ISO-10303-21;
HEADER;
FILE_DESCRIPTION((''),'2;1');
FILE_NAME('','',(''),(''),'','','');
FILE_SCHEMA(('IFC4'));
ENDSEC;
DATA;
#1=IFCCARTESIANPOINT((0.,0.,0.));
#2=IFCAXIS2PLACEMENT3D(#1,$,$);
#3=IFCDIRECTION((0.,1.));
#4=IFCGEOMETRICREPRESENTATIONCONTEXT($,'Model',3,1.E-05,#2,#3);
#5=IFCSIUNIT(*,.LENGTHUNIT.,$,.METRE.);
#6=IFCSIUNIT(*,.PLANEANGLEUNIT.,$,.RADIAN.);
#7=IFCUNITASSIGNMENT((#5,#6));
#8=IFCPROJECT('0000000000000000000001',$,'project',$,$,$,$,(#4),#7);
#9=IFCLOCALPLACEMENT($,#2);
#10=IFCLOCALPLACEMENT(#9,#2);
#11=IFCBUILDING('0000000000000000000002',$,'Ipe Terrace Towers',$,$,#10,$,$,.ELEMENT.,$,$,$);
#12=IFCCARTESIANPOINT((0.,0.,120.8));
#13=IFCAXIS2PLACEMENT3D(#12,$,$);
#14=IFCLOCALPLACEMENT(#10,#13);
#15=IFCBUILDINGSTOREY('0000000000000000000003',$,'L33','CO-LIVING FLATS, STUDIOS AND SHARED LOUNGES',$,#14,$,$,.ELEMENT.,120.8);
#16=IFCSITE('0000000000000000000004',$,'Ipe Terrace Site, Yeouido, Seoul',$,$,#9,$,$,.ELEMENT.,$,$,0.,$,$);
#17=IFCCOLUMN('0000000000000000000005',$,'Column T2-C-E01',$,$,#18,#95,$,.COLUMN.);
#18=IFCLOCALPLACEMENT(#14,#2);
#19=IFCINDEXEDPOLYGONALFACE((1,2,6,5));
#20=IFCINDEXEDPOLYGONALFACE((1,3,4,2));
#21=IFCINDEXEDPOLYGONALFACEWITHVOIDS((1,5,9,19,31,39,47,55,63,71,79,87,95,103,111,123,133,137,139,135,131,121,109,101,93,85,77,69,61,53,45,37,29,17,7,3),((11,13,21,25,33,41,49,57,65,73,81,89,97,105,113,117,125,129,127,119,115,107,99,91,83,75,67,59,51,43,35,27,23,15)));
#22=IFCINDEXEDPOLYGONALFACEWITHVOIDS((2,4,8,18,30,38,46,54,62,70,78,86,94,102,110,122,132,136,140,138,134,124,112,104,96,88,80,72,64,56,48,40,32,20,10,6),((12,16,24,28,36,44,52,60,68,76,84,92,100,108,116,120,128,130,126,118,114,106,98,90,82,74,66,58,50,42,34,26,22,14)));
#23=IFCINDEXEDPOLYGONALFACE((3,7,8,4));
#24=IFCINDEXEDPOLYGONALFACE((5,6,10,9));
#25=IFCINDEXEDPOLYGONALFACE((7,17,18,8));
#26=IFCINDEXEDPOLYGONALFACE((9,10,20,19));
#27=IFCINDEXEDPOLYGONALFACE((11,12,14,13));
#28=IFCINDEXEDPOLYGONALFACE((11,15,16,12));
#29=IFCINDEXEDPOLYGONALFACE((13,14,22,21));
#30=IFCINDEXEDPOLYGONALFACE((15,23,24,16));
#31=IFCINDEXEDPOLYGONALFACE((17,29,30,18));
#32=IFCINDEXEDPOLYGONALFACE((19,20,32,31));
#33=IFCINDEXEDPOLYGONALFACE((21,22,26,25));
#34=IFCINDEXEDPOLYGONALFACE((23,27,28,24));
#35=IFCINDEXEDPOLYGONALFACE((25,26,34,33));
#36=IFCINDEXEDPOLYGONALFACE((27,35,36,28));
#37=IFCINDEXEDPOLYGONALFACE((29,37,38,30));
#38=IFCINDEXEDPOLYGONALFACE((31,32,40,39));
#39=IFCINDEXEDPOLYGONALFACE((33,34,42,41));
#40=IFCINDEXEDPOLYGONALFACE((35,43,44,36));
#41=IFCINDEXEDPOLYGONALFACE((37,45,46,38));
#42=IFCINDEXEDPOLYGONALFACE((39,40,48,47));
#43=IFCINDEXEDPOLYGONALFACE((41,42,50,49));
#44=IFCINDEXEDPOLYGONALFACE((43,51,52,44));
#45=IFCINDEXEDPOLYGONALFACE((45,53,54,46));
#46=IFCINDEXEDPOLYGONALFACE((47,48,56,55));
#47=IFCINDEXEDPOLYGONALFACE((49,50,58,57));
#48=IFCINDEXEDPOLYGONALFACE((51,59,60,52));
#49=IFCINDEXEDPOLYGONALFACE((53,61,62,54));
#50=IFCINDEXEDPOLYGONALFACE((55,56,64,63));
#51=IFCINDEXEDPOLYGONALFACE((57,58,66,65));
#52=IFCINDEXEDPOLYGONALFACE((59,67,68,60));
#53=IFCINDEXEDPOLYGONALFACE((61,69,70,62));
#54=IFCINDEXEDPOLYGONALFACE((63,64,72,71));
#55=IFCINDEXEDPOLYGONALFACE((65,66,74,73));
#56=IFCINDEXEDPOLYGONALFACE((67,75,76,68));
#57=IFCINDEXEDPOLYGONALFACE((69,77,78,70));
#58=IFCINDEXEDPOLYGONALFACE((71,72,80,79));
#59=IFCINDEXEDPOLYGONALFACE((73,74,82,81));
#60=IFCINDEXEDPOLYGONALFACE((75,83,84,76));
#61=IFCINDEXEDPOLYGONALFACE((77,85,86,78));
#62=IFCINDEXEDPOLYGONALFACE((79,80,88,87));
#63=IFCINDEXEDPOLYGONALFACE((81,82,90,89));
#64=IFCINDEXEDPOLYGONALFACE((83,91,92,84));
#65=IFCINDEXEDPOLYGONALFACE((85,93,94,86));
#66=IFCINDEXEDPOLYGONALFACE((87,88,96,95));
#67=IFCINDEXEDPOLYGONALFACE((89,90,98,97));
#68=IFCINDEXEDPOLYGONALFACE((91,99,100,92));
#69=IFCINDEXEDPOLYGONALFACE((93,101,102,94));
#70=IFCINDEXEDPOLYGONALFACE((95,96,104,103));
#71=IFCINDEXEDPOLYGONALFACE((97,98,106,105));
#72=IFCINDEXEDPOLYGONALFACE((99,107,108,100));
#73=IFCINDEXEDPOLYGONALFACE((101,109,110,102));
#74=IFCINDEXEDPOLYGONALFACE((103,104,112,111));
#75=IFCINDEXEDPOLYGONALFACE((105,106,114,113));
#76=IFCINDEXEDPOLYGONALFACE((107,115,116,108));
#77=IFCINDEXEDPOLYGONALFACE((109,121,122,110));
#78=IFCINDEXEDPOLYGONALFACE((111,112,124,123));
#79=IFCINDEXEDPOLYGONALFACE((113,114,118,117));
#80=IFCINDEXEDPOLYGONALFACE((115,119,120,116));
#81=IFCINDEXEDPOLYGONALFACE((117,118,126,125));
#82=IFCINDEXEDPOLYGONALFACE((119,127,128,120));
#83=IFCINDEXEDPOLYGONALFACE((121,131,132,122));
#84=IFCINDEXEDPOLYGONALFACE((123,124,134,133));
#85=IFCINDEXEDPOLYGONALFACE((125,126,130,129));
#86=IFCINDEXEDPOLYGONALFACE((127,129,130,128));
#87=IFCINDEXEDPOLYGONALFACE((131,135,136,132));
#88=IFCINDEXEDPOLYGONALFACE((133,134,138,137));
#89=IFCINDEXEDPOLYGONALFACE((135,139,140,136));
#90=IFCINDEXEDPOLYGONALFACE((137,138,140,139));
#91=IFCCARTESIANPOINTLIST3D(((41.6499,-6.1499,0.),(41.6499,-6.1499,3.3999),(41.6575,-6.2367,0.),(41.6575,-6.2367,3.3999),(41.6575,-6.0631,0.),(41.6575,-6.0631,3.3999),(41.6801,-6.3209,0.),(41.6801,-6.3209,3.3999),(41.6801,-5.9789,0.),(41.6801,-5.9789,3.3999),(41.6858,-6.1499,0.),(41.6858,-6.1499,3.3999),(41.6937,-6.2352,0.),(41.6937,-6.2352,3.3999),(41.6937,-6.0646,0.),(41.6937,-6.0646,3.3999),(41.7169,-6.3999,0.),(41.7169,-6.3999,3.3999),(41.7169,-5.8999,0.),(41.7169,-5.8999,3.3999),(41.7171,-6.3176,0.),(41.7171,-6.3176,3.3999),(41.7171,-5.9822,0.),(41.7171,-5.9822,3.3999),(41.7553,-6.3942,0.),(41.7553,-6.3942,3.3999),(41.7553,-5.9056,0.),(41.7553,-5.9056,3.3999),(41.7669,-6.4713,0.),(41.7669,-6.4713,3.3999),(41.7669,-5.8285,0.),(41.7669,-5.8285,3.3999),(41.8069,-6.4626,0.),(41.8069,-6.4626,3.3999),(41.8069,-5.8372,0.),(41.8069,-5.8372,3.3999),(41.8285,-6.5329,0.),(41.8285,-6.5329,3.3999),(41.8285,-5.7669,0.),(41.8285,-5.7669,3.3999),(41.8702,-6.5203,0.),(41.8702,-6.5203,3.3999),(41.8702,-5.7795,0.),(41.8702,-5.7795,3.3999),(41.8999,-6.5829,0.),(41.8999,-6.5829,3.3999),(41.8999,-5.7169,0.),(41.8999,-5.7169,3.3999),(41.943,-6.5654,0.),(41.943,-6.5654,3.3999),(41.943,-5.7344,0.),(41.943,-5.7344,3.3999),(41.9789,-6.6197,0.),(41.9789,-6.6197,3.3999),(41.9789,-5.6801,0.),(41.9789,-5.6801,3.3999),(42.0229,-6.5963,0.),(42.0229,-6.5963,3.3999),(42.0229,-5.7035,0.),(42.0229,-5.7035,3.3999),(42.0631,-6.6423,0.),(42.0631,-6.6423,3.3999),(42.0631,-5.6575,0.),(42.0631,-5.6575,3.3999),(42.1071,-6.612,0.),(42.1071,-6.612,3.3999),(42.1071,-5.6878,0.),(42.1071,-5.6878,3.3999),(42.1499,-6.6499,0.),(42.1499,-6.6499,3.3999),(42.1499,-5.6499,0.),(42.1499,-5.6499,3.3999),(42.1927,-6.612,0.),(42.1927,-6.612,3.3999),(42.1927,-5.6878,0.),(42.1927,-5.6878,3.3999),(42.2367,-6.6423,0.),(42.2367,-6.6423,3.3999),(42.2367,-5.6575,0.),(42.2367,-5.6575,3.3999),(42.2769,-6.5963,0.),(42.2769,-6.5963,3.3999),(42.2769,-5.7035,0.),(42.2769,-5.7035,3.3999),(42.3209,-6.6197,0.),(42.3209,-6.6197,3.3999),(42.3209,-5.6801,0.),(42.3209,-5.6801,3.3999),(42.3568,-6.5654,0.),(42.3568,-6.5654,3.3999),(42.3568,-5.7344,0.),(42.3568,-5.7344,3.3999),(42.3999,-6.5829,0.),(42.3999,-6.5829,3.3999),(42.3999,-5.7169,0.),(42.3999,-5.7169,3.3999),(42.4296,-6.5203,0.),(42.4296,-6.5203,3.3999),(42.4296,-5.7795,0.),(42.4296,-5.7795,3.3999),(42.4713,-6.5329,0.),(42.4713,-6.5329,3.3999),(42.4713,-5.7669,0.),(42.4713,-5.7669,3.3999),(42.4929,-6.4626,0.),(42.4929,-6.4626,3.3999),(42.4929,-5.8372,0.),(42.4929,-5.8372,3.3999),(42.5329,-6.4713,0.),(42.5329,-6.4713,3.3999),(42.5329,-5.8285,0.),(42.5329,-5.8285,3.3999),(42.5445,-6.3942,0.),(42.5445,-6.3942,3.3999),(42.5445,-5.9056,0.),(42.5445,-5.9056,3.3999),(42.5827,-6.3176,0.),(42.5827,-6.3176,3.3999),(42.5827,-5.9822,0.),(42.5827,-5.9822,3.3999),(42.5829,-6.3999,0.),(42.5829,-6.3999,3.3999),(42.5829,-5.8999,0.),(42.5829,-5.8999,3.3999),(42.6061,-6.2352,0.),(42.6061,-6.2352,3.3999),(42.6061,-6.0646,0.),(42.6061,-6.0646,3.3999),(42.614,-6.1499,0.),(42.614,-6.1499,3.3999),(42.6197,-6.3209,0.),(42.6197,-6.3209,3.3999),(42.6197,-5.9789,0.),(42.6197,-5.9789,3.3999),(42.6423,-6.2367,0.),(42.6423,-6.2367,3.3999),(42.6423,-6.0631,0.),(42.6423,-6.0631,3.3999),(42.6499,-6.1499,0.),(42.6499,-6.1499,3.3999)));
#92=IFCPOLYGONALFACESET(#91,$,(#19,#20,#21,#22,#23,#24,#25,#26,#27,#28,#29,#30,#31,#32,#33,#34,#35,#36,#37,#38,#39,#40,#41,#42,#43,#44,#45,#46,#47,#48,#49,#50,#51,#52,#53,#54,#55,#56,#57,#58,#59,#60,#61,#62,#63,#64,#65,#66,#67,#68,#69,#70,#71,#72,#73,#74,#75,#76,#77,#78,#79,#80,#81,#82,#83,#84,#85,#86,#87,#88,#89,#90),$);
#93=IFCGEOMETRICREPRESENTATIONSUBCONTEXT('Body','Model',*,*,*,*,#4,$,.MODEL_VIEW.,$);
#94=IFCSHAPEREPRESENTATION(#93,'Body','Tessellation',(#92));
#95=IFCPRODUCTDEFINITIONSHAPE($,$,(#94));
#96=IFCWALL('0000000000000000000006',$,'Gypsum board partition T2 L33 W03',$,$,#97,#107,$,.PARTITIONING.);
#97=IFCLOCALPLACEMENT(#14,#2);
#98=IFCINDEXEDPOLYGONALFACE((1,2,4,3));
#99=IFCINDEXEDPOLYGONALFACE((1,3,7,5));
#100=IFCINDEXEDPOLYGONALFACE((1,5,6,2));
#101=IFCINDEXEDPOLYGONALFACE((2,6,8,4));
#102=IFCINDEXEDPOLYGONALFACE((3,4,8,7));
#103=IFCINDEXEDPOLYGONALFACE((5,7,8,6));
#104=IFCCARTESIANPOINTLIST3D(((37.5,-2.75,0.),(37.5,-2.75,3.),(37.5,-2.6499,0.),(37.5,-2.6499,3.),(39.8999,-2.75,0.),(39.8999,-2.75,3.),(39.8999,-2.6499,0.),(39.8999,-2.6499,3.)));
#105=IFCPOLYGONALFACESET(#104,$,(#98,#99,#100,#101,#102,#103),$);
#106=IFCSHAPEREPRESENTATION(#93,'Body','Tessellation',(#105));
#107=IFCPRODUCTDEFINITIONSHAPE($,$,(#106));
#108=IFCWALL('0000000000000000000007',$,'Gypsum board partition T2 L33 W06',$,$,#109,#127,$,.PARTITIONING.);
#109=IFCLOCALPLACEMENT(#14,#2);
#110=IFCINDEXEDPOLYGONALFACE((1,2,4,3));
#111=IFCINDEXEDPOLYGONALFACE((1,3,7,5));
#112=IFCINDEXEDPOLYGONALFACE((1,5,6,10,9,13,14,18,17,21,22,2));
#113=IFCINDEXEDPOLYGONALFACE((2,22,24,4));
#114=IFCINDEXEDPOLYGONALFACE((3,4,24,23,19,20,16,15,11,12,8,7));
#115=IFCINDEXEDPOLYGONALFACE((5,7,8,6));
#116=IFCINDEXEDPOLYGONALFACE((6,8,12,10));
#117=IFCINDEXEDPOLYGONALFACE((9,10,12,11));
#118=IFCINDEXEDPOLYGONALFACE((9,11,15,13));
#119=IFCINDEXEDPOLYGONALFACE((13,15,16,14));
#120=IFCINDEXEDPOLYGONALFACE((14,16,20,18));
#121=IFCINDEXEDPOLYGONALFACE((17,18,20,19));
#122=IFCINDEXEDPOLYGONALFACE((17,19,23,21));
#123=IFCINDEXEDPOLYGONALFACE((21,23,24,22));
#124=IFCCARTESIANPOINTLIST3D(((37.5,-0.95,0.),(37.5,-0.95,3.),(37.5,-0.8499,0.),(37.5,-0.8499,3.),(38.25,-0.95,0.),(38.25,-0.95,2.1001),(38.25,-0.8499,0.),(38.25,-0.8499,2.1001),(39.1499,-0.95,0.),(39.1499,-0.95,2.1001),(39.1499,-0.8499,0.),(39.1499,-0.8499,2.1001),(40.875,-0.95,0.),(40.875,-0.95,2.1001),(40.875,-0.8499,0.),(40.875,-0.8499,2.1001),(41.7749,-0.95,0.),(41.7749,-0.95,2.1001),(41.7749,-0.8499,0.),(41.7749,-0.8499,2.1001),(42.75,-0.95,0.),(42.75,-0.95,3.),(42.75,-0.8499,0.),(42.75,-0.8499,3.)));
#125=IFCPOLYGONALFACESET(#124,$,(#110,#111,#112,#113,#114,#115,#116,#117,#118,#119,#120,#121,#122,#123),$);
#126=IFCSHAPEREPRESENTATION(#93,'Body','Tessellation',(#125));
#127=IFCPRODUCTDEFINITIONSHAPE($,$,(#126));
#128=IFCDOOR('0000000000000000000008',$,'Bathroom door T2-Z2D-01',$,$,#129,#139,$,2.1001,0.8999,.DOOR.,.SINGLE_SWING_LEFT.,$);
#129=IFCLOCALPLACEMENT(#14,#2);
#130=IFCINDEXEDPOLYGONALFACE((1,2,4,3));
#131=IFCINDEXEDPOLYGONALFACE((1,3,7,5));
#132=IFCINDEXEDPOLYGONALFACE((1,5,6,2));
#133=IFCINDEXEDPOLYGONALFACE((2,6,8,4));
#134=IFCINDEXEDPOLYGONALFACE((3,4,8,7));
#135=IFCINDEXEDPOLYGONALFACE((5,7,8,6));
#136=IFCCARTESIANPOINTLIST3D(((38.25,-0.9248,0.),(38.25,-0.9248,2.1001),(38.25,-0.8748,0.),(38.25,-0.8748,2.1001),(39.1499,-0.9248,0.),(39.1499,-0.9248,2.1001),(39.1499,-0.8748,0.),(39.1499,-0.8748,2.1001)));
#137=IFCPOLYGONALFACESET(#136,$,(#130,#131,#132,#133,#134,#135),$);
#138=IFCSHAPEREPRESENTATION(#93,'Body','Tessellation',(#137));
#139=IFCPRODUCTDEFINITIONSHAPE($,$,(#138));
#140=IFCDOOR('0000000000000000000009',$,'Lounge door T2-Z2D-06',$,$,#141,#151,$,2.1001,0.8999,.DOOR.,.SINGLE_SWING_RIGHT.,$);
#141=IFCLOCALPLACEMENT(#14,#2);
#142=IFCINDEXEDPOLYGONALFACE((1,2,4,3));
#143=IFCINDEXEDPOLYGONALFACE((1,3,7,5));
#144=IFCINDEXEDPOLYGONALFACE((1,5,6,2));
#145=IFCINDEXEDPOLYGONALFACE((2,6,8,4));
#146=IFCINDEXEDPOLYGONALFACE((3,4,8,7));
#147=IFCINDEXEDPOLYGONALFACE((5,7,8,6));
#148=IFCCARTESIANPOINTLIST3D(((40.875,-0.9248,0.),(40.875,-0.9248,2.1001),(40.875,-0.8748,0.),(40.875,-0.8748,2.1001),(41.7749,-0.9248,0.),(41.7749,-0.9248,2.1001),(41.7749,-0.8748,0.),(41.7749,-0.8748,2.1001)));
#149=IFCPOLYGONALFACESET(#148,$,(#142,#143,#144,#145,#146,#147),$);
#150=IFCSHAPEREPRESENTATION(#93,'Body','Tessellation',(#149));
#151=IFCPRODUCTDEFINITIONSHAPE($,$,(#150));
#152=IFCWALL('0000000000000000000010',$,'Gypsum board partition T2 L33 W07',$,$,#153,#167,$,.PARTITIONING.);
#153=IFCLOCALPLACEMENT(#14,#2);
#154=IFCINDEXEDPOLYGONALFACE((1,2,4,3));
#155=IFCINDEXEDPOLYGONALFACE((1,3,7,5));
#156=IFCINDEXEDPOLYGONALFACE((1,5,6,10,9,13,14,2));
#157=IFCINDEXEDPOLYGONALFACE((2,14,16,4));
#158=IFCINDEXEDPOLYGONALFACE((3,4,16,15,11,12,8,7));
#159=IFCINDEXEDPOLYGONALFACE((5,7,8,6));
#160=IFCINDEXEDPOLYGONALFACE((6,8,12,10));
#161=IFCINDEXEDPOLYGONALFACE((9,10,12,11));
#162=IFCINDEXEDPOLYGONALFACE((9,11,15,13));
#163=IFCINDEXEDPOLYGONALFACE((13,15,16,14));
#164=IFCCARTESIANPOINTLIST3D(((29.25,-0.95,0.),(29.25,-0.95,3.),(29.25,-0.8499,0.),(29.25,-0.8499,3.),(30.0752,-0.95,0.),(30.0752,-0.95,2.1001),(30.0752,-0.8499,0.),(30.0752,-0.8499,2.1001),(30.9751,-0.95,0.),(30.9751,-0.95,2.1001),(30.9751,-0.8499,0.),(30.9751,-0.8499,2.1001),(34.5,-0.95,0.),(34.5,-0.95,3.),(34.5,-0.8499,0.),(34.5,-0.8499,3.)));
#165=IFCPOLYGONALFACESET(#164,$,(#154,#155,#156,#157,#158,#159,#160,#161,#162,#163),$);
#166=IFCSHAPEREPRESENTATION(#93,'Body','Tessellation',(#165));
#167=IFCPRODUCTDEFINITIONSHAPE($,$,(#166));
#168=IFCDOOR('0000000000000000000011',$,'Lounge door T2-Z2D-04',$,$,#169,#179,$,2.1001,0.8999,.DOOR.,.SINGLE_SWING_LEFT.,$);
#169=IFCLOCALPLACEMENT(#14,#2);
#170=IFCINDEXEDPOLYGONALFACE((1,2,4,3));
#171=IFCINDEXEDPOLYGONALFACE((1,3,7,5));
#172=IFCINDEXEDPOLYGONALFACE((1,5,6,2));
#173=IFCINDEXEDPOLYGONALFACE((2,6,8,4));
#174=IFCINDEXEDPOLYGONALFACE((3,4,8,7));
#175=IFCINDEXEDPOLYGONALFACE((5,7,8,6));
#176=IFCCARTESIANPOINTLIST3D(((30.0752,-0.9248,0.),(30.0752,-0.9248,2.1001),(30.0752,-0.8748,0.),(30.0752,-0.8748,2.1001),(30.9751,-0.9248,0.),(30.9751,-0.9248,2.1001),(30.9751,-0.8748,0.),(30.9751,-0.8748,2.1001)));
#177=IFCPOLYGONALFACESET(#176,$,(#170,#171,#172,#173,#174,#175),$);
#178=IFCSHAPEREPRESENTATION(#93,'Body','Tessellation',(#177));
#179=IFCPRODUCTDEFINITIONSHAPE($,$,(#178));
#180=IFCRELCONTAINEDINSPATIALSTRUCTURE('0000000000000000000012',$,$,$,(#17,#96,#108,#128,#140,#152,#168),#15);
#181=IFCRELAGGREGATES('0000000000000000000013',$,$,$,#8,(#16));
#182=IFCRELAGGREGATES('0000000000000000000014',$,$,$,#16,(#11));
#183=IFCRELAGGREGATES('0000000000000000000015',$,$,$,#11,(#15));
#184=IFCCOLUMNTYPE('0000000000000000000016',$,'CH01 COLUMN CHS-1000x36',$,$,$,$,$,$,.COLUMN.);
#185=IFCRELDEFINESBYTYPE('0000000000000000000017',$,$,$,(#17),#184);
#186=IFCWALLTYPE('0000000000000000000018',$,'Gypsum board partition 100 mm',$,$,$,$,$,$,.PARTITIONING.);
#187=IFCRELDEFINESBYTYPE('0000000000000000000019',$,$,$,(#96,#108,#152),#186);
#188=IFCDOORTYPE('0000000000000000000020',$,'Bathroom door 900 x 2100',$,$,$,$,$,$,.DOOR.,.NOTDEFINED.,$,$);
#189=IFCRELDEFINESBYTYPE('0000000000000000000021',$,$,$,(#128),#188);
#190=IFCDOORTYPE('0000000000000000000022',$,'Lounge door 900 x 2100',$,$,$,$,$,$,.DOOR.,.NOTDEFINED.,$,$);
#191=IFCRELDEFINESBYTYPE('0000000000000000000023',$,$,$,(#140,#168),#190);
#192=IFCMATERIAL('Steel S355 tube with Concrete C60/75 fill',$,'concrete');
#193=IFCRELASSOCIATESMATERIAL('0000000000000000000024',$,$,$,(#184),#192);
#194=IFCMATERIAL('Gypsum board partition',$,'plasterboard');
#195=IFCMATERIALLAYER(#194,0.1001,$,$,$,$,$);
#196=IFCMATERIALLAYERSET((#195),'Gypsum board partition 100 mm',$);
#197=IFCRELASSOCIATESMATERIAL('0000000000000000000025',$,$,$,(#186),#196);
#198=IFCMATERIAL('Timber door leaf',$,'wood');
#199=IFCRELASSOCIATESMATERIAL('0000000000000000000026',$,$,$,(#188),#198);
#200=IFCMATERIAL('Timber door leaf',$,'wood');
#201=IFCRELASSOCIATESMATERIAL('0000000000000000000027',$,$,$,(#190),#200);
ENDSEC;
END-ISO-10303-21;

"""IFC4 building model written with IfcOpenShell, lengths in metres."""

from ifc_helpers import new_model, si_unit, direction, frame, frame_2d, origin, origin_2d, place, context, subcontext, project, spatial, rectangle, hollow_circle, extrude, material, layer, layer_set, material_profile, profile_set, type_object, element, fill, save


model = new_model("IFC4")

# Units and contexts
model_context = context("Model", 3, precision=1e-05, world=origin(), true_north=direction((0.0, 1.0)))
body_context = subcontext(model_context, "Body", "Model", "MODEL_VIEW")
ifc_project = project(units=[si_unit("LENGTHUNIT", "METRE"), si_unit("PLANEANGLEUNIT", "RADIAN")], contexts=[model_context])

# Site, building, storey
site_placement = place(None, origin())
site = spatial("IfcSite", under=ifc_project, at=site_placement, Name="Ipe Terrace Site, Yeouido, Seoul", CompositionType="ELEMENT", RefElevation=0.0)
building_placement = place(site_placement, origin())
building = spatial("IfcBuilding", under=site, at=building_placement, Name="Ipe Terrace Towers", CompositionType="ELEMENT")
storey_placement = place(building_placement, frame((0.0, 0.0, 120.8)))
storey = spatial("IfcBuildingStorey", under=building, at=storey_placement, Name="L33", Description="CO-LIVING FLATS, STUDIOS AND SHARED LOUNGES", CompositionType="ELEMENT", Elevation=120.8)

# Column
ifc_material_1 = material(Name="Steel S355 tube with Concrete C60/75 fill", Category="concrete")
ifc_material_profile = material_profile(ifc_material_1, hollow_circle(Radius=0.5, WallThickness=0.0359, at=origin_2d()), Name="CHS-1000x36")
ifc_profile_set = profile_set([ifc_material_profile], Name="Steel S355 tube with Concrete C60/75 fill")
column_type = type_object("IfcColumnType", Name="CH01 COLUMN CHS-1000x36", PredefinedType="COLUMN", material=ifc_profile_set)
column_placement = place(storey_placement, frame((42.1499, -6.1499, 0.0), z_axis=(0.0, 0.0, 1.0), x_axis=(1.0, 0.0, 0.0)))
element("IfcColumn", 1, at=column_placement, inside=storey, type_object=column_type, Name="Column T2-C-E01", PredefinedType="COLUMN", context=body_context, shape_type="SweptSolid", body=[
    extrude(hollow_circle(Radius=0.5, WallThickness=0.0359, at=origin_2d()), origin(), (0.0, 0.0, 1.0), 3.3999),
])

# Wall
ifc_material_2 = material(Name="Gypsum board partition", Category="plasterboard")
ifc_layer_1 = layer(ifc_material_2, 0.1001)
ifc_layer_set_1 = layer_set([ifc_layer_1], Name="Gypsum board partition 100 mm")
wall_type_1 = type_object("IfcWallType", Name="Gypsum board partition 100 mm", PredefinedType="PARTITIONING", material=ifc_layer_set_1)
wall_1_placement = place(storey_placement, frame((39.8999, -2.7, 0.0), z_axis=(0.0, 0.0, 1.0), x_axis=(-1.0, 0.0, 0.0)))
element("IfcWall", 2, at=wall_1_placement, inside=storey, type_object=wall_type_1, Name="Gypsum board partition T2 L33 W03", PredefinedType="PARTITIONING", context=body_context, shape_type="SweptSolid", body=[
    extrude(rectangle(XDim=2.3999, YDim=0.1001, at=frame_2d((1.2, 0.0))), origin(), (0.0, 0.0, 1.0), 3.0),
])

# Wall, openings, doors
wall_2_placement = place(storey_placement, frame((42.75, -0.8999, 0.0), z_axis=(0.0, 0.0, 1.0), x_axis=(-1.0, 0.0, 0.0)))
wall_2 = element("IfcWall", 3, at=wall_2_placement, inside=storey, type_object=wall_type_1, Name="Gypsum board partition T2 L33 W06", PredefinedType="PARTITIONING", context=body_context, shape_type="SweptSolid", body=[
    extrude(rectangle(XDim=5.25, YDim=0.1001, at=frame_2d((2.625, 0.0))), origin(), (0.0, 0.0, 1.0), 3.0),
])
opening_1_placement = place(wall_2_placement, frame((3.6001, 0.0, 0.0)))
opening_1 = element("IfcOpeningElement", 4, at=opening_1_placement, cuts=wall_2, PredefinedType="OPENING", context=body_context, shape_type="SweptSolid", body=[
    extrude(rectangle(XDim=0.8999, YDim=2.1001, at=frame_2d((0.45, 1.05))), frame((0.0, 0.0601, 0.0), z_axis=(0.0, -1.0, 0.0), x_axis=(1.0, 0.0, 0.0)), (0.0, 0.0, 1.0), 0.1201),
])
opening_2_placement = place(wall_2_placement, frame((0.9751, 0.0, 0.0)))
opening_2 = element("IfcOpeningElement", 5, at=opening_2_placement, cuts=wall_2, PredefinedType="OPENING", context=body_context, shape_type="SweptSolid", body=[
    extrude(rectangle(XDim=0.8999, YDim=2.1001, at=frame_2d((0.45, 1.05))), frame((0.0, 0.0601, 0.0), z_axis=(0.0, -1.0, 0.0), x_axis=(1.0, 0.0, 0.0)), (0.0, 0.0, 1.0), 0.1201),
])
ifc_material_3 = material(Name="Timber door leaf", Category="wood")
door_type_1 = type_object("IfcDoorType", Name="Bathroom door 900 x 2100", OperationType="NOTDEFINED", PredefinedType="DOOR", material=ifc_material_3)
door_1_placement = place(opening_1_placement, origin())
door_1 = element("IfcDoor", 6, at=door_1_placement, inside=storey, type_object=door_type_1, Name="Bathroom door T2-Z2D-01", OperationType="SINGLE_SWING_LEFT", OverallHeight=2.1001, OverallWidth=0.8999, PredefinedType="DOOR", context=body_context, shape_type="SweptSolid", body=[
    extrude(rectangle(XDim=0.8999, YDim=2.1001, at=frame_2d((0.45, 1.05))), frame((0.0, 0.0249, 0.0), z_axis=(0.0, -1.0, 0.0), x_axis=(1.0, 0.0, 0.0)), (0.0, 0.0, 1.0), 0.05),
])
fill(opening_1, door_1)
ifc_material_4 = material(Name="Timber door leaf", Category="wood")
door_type_2 = type_object("IfcDoorType", Name="Lounge door 900 x 2100", OperationType="NOTDEFINED", PredefinedType="DOOR", material=ifc_material_4)
door_2_placement = place(opening_2_placement, origin())
door_2 = element("IfcDoor", 7, at=door_2_placement, inside=storey, type_object=door_type_2, Name="Lounge door T2-Z2D-06", OperationType="SINGLE_SWING_RIGHT", OverallHeight=2.1001, OverallWidth=0.8999, PredefinedType="DOOR", context=body_context, shape_type="SweptSolid", body=[
    extrude(rectangle(XDim=0.8999, YDim=2.1001, at=frame_2d((0.45, 1.05))), frame((0.0, 0.0249, 0.0), z_axis=(0.0, -1.0, 0.0), x_axis=(1.0, 0.0, 0.0)), (0.0, 0.0, 1.0), 0.05),
])
fill(opening_2, door_2)

# Wall, opening, door
wall_3_placement = place(storey_placement, frame((34.5, -0.8999, 0.0), z_axis=(0.0, 0.0, 1.0), x_axis=(-1.0, 0.0, 0.0)))
wall_3 = element("IfcWall", 8, at=wall_3_placement, inside=storey, type_object=wall_type_1, Name="Gypsum board partition T2 L33 W07", PredefinedType="PARTITIONING", context=body_context, shape_type="SweptSolid", body=[
    extrude(rectangle(XDim=5.25, YDim=0.1001, at=frame_2d((2.625, 0.0))), origin(), (0.0, 0.0, 1.0), 3.0),
])
opening_3_placement = place(wall_3_placement, frame((3.5249, 0.0, 0.0)))
opening_3 = element("IfcOpeningElement", 9, at=opening_3_placement, cuts=wall_3, PredefinedType="OPENING", context=body_context, shape_type="SweptSolid", body=[
    extrude(rectangle(XDim=0.8999, YDim=2.1001, at=frame_2d((0.45, 1.05))), frame((0.0, 0.0601, 0.0), z_axis=(0.0, -1.0, 0.0), x_axis=(1.0, 0.0, 0.0)), (0.0, 0.0, 1.0), 0.1201),
])
door_3_placement = place(opening_3_placement, origin())
door_3 = element("IfcDoor", 10, at=door_3_placement, inside=storey, type_object=door_type_2, Name="Lounge door T2-Z2D-04", OperationType="SINGLE_SWING_LEFT", OverallHeight=2.1001, OverallWidth=0.8999, PredefinedType="DOOR", context=body_context, shape_type="SweptSolid", body=[
    extrude(rectangle(XDim=0.8999, YDim=2.1001, at=frame_2d((0.45, 1.05))), frame((0.0, 0.0249, 0.0), z_axis=(0.0, -1.0, 0.0), x_axis=(1.0, 0.0, 0.0)), (0.0, 0.0, 1.0), 0.05),
])
fill(opening_3, door_3)

save(model, "model.ifc")
